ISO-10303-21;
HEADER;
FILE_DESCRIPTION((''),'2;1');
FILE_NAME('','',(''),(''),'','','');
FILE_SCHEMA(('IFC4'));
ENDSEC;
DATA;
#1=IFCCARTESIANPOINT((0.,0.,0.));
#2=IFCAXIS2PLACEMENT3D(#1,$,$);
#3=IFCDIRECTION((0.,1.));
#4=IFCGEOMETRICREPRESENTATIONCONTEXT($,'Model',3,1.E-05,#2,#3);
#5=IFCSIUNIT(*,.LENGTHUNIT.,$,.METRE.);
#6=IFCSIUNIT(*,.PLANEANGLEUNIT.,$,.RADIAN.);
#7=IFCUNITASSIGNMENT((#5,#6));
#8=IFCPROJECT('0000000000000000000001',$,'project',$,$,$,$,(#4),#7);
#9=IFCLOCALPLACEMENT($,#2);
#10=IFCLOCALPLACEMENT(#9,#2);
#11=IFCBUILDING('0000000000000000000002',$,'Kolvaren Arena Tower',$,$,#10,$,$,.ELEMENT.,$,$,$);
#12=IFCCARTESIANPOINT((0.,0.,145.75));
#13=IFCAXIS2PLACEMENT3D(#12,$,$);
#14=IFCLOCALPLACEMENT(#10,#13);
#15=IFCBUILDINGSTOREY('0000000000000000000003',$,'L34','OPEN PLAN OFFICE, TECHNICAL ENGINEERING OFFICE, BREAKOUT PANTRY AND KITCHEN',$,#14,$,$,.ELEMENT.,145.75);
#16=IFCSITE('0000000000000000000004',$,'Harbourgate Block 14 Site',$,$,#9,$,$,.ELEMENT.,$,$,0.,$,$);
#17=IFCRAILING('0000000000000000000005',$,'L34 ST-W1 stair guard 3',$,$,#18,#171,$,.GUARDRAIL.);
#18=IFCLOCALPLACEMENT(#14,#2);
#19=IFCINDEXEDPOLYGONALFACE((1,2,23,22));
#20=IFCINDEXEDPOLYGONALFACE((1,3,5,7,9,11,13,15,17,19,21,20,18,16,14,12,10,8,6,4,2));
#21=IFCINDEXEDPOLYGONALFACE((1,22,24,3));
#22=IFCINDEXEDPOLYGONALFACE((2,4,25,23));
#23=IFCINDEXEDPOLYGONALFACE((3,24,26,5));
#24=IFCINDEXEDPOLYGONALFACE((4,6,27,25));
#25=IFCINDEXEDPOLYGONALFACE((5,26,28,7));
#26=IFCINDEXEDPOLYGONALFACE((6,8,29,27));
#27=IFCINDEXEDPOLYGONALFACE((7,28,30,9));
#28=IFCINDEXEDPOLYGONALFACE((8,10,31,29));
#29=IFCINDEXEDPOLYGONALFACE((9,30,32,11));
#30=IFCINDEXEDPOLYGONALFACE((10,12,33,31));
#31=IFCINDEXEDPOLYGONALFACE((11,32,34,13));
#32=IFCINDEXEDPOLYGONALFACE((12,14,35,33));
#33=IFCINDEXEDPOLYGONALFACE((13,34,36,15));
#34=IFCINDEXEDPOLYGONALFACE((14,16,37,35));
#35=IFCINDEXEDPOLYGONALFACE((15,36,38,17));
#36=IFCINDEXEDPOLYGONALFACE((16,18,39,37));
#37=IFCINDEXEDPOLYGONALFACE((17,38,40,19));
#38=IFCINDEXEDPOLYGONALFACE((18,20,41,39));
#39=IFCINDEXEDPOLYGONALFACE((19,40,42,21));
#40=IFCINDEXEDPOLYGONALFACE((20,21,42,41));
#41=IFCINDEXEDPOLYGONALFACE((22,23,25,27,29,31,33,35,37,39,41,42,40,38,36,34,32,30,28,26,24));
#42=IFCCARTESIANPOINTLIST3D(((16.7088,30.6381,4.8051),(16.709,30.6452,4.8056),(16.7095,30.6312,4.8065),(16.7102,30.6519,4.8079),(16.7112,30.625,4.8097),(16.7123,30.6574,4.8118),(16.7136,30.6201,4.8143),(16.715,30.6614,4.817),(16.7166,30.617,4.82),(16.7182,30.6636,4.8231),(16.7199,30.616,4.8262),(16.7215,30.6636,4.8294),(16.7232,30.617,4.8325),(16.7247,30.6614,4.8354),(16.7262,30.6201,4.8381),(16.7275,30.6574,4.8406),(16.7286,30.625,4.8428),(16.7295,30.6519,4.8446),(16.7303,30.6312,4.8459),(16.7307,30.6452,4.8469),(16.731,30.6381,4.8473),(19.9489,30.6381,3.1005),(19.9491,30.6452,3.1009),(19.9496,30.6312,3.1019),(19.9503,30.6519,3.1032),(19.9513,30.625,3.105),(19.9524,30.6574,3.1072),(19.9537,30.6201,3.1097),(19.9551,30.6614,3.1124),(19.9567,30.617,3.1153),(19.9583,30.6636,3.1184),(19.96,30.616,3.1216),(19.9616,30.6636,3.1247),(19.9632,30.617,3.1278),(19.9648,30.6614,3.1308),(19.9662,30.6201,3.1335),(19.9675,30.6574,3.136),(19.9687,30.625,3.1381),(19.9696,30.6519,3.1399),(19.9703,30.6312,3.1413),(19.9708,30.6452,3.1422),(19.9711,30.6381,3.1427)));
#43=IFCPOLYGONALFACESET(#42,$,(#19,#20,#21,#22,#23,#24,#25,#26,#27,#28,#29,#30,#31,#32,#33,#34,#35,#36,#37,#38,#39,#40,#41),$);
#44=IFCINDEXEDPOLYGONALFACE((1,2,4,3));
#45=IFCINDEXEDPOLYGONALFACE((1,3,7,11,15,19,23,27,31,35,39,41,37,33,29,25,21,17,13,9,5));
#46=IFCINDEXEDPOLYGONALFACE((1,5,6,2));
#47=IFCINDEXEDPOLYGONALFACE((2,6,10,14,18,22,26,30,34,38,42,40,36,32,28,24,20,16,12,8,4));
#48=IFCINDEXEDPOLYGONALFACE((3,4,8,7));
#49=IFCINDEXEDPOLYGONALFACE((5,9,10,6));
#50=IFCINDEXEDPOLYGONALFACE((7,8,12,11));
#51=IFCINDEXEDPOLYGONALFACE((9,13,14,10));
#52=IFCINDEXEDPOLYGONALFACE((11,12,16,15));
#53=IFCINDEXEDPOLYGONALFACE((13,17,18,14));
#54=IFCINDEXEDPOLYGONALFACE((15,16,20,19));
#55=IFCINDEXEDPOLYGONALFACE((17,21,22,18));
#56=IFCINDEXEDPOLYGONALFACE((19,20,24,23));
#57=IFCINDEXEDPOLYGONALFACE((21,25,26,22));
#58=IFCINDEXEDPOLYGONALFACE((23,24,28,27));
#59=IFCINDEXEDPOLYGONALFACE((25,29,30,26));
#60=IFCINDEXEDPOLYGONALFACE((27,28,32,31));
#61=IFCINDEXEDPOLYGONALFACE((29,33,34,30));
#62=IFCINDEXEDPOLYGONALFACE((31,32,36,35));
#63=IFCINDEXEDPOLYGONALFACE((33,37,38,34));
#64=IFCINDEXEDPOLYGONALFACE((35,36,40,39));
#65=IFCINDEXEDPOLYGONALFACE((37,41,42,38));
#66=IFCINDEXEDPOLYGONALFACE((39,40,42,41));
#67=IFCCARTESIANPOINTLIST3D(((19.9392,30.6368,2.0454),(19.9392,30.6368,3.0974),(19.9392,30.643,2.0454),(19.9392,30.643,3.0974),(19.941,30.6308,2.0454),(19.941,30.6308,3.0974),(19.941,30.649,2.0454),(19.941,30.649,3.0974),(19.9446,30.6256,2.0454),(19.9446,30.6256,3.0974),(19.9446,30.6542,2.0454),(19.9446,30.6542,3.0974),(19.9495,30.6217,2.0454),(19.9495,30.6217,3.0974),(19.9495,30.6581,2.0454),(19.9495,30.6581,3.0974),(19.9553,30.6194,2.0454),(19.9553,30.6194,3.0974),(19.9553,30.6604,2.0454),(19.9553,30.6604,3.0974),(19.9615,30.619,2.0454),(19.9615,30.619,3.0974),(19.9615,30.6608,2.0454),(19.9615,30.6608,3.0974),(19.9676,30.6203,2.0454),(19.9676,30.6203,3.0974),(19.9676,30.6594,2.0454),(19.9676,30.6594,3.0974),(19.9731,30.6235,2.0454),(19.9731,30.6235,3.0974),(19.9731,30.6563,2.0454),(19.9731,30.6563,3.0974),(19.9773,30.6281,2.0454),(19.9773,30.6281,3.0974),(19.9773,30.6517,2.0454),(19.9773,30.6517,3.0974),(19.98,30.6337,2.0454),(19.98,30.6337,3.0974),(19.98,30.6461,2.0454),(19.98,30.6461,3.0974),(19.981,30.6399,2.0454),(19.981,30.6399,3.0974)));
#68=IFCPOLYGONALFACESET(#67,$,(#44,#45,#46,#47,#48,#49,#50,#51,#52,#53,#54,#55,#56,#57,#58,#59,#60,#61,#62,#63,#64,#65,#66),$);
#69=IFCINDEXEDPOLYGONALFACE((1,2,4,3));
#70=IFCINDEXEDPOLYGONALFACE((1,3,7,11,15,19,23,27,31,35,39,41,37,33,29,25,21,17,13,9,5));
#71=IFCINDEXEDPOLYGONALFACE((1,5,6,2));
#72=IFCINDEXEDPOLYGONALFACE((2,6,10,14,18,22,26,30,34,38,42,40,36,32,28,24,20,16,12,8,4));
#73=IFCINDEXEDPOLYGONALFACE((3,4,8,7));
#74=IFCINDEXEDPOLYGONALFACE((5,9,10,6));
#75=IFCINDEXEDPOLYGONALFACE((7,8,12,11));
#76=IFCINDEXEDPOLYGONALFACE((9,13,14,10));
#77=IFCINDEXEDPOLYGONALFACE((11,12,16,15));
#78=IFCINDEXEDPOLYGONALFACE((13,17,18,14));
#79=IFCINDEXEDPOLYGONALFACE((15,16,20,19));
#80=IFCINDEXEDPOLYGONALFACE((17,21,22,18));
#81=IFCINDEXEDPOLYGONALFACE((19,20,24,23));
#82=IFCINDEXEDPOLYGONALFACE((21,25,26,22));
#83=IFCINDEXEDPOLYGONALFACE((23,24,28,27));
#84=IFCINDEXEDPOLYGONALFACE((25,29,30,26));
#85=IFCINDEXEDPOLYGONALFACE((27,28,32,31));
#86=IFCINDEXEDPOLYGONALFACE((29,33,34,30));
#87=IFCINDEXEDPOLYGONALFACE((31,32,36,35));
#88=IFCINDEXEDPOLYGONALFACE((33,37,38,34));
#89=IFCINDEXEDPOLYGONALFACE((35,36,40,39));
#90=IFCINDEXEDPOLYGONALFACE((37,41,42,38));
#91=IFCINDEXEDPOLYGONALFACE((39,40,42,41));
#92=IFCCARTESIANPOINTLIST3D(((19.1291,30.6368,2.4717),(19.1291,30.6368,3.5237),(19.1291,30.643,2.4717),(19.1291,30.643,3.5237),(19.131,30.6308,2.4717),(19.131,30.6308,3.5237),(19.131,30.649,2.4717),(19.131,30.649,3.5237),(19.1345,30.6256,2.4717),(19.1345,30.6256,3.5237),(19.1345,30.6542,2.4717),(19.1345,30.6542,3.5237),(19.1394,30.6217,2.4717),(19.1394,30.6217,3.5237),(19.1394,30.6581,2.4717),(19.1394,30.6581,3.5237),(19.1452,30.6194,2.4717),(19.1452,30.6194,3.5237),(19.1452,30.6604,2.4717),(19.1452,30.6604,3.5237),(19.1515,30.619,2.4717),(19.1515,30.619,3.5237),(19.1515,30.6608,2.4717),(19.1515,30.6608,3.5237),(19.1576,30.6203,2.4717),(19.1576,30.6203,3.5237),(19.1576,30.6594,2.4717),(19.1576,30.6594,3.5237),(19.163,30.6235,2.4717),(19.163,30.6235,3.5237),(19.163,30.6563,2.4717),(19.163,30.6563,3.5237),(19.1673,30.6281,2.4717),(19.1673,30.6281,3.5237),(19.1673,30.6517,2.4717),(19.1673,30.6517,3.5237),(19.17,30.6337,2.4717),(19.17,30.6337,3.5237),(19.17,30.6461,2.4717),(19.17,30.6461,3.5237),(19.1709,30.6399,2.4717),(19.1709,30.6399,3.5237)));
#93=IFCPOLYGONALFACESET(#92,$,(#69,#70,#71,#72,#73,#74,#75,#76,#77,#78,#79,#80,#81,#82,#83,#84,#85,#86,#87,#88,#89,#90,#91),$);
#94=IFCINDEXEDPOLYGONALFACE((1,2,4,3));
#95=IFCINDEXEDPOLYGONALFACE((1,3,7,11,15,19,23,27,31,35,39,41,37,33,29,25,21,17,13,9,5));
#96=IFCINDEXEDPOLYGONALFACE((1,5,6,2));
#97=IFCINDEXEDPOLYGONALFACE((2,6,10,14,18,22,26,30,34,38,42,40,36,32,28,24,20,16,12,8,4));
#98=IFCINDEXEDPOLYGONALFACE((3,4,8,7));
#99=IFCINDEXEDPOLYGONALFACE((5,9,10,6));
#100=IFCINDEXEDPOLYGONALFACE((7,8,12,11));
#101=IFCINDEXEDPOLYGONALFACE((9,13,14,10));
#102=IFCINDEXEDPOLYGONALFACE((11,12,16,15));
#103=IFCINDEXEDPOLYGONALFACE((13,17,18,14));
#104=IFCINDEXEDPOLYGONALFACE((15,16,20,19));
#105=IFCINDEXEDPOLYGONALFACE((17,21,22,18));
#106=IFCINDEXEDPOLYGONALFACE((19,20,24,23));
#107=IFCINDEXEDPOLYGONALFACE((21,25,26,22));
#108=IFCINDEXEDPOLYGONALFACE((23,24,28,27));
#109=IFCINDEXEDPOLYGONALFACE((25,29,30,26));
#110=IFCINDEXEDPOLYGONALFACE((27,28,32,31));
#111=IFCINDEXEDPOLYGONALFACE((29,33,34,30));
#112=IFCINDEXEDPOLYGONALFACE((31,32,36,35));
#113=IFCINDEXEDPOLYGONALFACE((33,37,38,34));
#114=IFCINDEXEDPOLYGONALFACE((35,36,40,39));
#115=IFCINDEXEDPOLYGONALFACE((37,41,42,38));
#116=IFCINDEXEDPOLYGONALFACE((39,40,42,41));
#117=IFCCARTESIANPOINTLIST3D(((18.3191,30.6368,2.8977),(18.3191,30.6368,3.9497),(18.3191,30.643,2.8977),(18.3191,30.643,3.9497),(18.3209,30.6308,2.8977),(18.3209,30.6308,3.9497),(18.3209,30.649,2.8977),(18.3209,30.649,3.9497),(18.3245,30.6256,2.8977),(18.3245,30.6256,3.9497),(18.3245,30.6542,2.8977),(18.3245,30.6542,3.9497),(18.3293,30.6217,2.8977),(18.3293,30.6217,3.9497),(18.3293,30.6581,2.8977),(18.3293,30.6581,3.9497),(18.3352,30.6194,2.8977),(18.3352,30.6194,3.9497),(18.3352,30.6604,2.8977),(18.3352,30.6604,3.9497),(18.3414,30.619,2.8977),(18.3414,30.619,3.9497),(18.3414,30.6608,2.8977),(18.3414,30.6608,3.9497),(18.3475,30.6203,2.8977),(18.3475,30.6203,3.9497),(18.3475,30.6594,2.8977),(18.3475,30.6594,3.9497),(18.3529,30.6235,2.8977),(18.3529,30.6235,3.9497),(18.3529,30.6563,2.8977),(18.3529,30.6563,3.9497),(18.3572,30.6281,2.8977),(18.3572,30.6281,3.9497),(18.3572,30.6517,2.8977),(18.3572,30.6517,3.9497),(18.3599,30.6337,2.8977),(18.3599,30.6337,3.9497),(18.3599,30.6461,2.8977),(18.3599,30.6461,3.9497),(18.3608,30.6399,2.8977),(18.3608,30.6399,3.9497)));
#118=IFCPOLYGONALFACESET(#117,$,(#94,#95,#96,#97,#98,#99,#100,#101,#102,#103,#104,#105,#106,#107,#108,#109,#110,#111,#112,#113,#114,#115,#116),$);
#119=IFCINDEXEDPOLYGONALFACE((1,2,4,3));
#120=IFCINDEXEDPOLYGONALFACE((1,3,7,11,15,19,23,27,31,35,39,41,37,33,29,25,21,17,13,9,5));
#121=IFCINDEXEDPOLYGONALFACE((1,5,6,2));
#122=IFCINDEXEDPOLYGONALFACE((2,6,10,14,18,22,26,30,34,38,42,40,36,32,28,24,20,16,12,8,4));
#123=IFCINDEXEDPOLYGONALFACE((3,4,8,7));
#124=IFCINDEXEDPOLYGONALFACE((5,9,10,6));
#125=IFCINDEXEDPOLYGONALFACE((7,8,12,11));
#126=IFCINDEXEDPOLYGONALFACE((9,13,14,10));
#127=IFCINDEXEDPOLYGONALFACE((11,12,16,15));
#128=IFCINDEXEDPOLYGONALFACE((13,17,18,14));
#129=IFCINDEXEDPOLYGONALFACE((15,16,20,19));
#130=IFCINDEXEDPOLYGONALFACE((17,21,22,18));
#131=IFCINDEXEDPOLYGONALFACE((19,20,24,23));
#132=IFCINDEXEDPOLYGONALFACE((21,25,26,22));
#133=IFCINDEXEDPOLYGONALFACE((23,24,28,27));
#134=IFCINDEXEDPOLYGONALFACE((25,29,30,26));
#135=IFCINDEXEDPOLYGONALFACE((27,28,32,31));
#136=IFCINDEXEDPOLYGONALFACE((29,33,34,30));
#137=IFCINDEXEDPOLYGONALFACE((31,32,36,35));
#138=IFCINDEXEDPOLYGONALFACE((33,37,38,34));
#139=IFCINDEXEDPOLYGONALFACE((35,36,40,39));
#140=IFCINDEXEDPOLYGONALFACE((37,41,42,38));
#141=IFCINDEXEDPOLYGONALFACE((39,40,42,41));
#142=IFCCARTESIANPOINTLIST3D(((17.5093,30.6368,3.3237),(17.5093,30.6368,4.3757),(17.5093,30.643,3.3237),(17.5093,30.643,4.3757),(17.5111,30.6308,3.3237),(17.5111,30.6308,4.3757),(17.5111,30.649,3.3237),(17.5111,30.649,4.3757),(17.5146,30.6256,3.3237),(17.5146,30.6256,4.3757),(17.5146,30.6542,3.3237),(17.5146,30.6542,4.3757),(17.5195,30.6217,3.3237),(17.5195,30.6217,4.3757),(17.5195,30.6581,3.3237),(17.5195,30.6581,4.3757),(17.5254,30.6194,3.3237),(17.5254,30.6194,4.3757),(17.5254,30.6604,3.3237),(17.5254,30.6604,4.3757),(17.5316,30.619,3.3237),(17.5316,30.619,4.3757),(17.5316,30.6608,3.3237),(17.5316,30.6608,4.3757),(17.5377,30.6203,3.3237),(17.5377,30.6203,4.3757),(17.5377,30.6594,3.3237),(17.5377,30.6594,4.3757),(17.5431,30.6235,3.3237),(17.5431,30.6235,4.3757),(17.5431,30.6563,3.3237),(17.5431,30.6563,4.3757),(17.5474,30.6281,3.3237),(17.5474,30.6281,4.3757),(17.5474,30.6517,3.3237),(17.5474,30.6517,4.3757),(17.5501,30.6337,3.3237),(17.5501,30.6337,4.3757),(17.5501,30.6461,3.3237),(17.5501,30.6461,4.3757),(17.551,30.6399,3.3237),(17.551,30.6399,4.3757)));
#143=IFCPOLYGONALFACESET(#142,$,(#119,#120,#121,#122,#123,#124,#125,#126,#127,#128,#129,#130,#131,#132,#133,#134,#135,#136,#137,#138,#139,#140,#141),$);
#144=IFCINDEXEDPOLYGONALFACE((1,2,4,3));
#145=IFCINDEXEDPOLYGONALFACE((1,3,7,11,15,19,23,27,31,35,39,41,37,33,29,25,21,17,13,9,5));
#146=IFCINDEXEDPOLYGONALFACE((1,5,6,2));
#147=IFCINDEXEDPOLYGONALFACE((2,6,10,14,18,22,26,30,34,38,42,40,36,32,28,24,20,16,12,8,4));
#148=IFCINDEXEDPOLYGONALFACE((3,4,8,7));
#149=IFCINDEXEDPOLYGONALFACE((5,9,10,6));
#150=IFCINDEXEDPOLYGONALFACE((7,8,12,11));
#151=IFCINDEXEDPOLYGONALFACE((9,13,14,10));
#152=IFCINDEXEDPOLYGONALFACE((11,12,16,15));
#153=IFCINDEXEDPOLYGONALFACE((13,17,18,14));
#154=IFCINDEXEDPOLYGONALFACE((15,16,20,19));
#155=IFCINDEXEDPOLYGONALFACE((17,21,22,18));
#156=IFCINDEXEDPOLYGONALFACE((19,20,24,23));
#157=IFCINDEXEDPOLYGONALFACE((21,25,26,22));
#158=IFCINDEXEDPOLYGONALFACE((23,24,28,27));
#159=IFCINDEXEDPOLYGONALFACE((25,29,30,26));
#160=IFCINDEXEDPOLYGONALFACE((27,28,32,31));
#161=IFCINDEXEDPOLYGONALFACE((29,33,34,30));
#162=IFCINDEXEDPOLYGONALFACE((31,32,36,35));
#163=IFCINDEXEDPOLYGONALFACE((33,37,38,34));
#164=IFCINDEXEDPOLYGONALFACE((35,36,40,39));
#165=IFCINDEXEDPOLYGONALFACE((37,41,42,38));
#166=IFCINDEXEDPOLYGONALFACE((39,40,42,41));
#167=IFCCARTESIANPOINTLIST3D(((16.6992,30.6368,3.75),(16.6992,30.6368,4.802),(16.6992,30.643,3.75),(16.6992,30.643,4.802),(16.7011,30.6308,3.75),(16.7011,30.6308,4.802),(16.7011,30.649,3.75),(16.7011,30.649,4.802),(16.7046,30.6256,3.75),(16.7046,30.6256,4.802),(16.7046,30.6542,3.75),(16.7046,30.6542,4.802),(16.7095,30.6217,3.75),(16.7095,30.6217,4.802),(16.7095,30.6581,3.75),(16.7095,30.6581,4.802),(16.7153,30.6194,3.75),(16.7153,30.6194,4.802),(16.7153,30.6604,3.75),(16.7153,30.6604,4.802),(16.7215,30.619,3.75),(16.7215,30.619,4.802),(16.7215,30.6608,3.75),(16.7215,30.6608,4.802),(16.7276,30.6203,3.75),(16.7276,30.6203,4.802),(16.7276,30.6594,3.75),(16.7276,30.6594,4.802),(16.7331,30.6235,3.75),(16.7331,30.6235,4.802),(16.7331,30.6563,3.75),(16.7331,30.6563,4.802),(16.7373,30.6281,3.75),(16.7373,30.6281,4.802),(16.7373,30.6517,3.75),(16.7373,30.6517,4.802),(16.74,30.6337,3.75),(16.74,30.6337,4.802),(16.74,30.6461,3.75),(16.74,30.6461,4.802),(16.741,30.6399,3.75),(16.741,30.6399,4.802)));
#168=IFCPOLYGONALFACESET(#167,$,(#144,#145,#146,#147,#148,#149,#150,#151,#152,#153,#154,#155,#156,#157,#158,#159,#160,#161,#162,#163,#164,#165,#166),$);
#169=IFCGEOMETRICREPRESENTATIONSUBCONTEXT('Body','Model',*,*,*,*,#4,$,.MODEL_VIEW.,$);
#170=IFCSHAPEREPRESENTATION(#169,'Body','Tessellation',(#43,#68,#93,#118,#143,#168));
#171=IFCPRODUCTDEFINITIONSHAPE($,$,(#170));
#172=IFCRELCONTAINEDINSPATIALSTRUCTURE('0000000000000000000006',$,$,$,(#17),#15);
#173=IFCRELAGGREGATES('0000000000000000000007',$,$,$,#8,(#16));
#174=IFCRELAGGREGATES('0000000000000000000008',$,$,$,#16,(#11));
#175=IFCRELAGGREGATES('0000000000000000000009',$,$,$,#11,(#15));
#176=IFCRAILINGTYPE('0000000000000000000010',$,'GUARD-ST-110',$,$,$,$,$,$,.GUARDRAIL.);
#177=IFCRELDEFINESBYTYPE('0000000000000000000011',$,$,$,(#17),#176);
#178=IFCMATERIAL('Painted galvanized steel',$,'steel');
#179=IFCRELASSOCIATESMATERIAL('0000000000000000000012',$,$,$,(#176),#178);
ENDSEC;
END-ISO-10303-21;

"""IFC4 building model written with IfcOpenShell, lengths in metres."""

from ifc_helpers import new_model, si_unit, direction, frame, origin, origin_2d, place, context, subcontext, project, spatial, circle, extrude, material, type_object, element, save


model = new_model("IFC4")

# Units and contexts
model_context = context("Model", 3, precision=1e-05, world=origin(), true_north=direction((0.0, 1.0)))
body_context = subcontext(model_context, "Body", "Model", "MODEL_VIEW")
ifc_project = project(units=[si_unit("LENGTHUNIT", "METRE"), si_unit("PLANEANGLEUNIT", "RADIAN")], contexts=[model_context])

# Site, building, storey
site_placement = place(None, origin())
site = spatial("IfcSite", under=ifc_project, at=site_placement, Name="Harbourgate Block 14 Site", CompositionType="ELEMENT", RefElevation=0.0)
building_placement = place(site_placement, origin())
building = spatial("IfcBuilding", under=site, at=building_placement, Name="Kolvaren Arena Tower", CompositionType="ELEMENT")
storey_placement = place(building_placement, frame((0.0, 0.0, 145.75)))
storey = spatial("IfcBuildingStorey", under=building, at=storey_placement, Name="L34", Description="OPEN PLAN OFFICE, TECHNICAL ENGINEERING OFFICE, BREAKOUT PANTRY AND KITCHEN", CompositionType="ELEMENT", Elevation=145.75)

# Railing
ifc_material_1 = material(Name="Painted galvanized steel", Category="steel")
railing_type_1 = type_object("IfcRailingType", Name="GUARD-ST-110", PredefinedType="GUARDRAIL", material=ifc_material_1)
railing_1_placement = place(storey_placement, frame((19.96, 30.6399, 2.0454)))
element("IfcRailing", 1, at=railing_1_placement, inside=storey, type_object=railing_type_1, Name="L34 ST-W1 stair guard 3", PredefinedType="GUARDRAIL", context=body_context, shape_type="SweptSolid", body=[
    extrude(circle(Radius=0.0239, at=origin_2d()), frame((0.0, 0.0, 1.0762), z_axis=(-0.884993, 0.0, 0.465604), x_axis=(0.0, -1.0, 0.0)), (0.0, 0.0, 1.0), 3.6611),
    extrude(circle(Radius=0.021, at=origin_2d()), origin(), (0.0, 0.0, 1.0), 1.052),
    extrude(circle(Radius=0.021, at=origin_2d()), frame((-0.8101, 0.0, 0.4263)), (0.0, 0.0, 1.0), 1.052),
    extrude(circle(Radius=0.021, at=origin_2d()), frame((-1.6201, 0.0, 0.8523)), (0.0, 0.0, 1.0), 1.052),
    extrude(circle(Radius=0.021, at=origin_2d()), frame((-2.4299, 0.0, 1.2783)), (0.0, 0.0, 1.0), 1.052),
    extrude(circle(Radius=0.021, at=origin_2d()), frame((-3.24, 0.0, 1.7046)), (0.0, 0.0, 1.0), 1.052),
])

save(model, "model.ifc")
